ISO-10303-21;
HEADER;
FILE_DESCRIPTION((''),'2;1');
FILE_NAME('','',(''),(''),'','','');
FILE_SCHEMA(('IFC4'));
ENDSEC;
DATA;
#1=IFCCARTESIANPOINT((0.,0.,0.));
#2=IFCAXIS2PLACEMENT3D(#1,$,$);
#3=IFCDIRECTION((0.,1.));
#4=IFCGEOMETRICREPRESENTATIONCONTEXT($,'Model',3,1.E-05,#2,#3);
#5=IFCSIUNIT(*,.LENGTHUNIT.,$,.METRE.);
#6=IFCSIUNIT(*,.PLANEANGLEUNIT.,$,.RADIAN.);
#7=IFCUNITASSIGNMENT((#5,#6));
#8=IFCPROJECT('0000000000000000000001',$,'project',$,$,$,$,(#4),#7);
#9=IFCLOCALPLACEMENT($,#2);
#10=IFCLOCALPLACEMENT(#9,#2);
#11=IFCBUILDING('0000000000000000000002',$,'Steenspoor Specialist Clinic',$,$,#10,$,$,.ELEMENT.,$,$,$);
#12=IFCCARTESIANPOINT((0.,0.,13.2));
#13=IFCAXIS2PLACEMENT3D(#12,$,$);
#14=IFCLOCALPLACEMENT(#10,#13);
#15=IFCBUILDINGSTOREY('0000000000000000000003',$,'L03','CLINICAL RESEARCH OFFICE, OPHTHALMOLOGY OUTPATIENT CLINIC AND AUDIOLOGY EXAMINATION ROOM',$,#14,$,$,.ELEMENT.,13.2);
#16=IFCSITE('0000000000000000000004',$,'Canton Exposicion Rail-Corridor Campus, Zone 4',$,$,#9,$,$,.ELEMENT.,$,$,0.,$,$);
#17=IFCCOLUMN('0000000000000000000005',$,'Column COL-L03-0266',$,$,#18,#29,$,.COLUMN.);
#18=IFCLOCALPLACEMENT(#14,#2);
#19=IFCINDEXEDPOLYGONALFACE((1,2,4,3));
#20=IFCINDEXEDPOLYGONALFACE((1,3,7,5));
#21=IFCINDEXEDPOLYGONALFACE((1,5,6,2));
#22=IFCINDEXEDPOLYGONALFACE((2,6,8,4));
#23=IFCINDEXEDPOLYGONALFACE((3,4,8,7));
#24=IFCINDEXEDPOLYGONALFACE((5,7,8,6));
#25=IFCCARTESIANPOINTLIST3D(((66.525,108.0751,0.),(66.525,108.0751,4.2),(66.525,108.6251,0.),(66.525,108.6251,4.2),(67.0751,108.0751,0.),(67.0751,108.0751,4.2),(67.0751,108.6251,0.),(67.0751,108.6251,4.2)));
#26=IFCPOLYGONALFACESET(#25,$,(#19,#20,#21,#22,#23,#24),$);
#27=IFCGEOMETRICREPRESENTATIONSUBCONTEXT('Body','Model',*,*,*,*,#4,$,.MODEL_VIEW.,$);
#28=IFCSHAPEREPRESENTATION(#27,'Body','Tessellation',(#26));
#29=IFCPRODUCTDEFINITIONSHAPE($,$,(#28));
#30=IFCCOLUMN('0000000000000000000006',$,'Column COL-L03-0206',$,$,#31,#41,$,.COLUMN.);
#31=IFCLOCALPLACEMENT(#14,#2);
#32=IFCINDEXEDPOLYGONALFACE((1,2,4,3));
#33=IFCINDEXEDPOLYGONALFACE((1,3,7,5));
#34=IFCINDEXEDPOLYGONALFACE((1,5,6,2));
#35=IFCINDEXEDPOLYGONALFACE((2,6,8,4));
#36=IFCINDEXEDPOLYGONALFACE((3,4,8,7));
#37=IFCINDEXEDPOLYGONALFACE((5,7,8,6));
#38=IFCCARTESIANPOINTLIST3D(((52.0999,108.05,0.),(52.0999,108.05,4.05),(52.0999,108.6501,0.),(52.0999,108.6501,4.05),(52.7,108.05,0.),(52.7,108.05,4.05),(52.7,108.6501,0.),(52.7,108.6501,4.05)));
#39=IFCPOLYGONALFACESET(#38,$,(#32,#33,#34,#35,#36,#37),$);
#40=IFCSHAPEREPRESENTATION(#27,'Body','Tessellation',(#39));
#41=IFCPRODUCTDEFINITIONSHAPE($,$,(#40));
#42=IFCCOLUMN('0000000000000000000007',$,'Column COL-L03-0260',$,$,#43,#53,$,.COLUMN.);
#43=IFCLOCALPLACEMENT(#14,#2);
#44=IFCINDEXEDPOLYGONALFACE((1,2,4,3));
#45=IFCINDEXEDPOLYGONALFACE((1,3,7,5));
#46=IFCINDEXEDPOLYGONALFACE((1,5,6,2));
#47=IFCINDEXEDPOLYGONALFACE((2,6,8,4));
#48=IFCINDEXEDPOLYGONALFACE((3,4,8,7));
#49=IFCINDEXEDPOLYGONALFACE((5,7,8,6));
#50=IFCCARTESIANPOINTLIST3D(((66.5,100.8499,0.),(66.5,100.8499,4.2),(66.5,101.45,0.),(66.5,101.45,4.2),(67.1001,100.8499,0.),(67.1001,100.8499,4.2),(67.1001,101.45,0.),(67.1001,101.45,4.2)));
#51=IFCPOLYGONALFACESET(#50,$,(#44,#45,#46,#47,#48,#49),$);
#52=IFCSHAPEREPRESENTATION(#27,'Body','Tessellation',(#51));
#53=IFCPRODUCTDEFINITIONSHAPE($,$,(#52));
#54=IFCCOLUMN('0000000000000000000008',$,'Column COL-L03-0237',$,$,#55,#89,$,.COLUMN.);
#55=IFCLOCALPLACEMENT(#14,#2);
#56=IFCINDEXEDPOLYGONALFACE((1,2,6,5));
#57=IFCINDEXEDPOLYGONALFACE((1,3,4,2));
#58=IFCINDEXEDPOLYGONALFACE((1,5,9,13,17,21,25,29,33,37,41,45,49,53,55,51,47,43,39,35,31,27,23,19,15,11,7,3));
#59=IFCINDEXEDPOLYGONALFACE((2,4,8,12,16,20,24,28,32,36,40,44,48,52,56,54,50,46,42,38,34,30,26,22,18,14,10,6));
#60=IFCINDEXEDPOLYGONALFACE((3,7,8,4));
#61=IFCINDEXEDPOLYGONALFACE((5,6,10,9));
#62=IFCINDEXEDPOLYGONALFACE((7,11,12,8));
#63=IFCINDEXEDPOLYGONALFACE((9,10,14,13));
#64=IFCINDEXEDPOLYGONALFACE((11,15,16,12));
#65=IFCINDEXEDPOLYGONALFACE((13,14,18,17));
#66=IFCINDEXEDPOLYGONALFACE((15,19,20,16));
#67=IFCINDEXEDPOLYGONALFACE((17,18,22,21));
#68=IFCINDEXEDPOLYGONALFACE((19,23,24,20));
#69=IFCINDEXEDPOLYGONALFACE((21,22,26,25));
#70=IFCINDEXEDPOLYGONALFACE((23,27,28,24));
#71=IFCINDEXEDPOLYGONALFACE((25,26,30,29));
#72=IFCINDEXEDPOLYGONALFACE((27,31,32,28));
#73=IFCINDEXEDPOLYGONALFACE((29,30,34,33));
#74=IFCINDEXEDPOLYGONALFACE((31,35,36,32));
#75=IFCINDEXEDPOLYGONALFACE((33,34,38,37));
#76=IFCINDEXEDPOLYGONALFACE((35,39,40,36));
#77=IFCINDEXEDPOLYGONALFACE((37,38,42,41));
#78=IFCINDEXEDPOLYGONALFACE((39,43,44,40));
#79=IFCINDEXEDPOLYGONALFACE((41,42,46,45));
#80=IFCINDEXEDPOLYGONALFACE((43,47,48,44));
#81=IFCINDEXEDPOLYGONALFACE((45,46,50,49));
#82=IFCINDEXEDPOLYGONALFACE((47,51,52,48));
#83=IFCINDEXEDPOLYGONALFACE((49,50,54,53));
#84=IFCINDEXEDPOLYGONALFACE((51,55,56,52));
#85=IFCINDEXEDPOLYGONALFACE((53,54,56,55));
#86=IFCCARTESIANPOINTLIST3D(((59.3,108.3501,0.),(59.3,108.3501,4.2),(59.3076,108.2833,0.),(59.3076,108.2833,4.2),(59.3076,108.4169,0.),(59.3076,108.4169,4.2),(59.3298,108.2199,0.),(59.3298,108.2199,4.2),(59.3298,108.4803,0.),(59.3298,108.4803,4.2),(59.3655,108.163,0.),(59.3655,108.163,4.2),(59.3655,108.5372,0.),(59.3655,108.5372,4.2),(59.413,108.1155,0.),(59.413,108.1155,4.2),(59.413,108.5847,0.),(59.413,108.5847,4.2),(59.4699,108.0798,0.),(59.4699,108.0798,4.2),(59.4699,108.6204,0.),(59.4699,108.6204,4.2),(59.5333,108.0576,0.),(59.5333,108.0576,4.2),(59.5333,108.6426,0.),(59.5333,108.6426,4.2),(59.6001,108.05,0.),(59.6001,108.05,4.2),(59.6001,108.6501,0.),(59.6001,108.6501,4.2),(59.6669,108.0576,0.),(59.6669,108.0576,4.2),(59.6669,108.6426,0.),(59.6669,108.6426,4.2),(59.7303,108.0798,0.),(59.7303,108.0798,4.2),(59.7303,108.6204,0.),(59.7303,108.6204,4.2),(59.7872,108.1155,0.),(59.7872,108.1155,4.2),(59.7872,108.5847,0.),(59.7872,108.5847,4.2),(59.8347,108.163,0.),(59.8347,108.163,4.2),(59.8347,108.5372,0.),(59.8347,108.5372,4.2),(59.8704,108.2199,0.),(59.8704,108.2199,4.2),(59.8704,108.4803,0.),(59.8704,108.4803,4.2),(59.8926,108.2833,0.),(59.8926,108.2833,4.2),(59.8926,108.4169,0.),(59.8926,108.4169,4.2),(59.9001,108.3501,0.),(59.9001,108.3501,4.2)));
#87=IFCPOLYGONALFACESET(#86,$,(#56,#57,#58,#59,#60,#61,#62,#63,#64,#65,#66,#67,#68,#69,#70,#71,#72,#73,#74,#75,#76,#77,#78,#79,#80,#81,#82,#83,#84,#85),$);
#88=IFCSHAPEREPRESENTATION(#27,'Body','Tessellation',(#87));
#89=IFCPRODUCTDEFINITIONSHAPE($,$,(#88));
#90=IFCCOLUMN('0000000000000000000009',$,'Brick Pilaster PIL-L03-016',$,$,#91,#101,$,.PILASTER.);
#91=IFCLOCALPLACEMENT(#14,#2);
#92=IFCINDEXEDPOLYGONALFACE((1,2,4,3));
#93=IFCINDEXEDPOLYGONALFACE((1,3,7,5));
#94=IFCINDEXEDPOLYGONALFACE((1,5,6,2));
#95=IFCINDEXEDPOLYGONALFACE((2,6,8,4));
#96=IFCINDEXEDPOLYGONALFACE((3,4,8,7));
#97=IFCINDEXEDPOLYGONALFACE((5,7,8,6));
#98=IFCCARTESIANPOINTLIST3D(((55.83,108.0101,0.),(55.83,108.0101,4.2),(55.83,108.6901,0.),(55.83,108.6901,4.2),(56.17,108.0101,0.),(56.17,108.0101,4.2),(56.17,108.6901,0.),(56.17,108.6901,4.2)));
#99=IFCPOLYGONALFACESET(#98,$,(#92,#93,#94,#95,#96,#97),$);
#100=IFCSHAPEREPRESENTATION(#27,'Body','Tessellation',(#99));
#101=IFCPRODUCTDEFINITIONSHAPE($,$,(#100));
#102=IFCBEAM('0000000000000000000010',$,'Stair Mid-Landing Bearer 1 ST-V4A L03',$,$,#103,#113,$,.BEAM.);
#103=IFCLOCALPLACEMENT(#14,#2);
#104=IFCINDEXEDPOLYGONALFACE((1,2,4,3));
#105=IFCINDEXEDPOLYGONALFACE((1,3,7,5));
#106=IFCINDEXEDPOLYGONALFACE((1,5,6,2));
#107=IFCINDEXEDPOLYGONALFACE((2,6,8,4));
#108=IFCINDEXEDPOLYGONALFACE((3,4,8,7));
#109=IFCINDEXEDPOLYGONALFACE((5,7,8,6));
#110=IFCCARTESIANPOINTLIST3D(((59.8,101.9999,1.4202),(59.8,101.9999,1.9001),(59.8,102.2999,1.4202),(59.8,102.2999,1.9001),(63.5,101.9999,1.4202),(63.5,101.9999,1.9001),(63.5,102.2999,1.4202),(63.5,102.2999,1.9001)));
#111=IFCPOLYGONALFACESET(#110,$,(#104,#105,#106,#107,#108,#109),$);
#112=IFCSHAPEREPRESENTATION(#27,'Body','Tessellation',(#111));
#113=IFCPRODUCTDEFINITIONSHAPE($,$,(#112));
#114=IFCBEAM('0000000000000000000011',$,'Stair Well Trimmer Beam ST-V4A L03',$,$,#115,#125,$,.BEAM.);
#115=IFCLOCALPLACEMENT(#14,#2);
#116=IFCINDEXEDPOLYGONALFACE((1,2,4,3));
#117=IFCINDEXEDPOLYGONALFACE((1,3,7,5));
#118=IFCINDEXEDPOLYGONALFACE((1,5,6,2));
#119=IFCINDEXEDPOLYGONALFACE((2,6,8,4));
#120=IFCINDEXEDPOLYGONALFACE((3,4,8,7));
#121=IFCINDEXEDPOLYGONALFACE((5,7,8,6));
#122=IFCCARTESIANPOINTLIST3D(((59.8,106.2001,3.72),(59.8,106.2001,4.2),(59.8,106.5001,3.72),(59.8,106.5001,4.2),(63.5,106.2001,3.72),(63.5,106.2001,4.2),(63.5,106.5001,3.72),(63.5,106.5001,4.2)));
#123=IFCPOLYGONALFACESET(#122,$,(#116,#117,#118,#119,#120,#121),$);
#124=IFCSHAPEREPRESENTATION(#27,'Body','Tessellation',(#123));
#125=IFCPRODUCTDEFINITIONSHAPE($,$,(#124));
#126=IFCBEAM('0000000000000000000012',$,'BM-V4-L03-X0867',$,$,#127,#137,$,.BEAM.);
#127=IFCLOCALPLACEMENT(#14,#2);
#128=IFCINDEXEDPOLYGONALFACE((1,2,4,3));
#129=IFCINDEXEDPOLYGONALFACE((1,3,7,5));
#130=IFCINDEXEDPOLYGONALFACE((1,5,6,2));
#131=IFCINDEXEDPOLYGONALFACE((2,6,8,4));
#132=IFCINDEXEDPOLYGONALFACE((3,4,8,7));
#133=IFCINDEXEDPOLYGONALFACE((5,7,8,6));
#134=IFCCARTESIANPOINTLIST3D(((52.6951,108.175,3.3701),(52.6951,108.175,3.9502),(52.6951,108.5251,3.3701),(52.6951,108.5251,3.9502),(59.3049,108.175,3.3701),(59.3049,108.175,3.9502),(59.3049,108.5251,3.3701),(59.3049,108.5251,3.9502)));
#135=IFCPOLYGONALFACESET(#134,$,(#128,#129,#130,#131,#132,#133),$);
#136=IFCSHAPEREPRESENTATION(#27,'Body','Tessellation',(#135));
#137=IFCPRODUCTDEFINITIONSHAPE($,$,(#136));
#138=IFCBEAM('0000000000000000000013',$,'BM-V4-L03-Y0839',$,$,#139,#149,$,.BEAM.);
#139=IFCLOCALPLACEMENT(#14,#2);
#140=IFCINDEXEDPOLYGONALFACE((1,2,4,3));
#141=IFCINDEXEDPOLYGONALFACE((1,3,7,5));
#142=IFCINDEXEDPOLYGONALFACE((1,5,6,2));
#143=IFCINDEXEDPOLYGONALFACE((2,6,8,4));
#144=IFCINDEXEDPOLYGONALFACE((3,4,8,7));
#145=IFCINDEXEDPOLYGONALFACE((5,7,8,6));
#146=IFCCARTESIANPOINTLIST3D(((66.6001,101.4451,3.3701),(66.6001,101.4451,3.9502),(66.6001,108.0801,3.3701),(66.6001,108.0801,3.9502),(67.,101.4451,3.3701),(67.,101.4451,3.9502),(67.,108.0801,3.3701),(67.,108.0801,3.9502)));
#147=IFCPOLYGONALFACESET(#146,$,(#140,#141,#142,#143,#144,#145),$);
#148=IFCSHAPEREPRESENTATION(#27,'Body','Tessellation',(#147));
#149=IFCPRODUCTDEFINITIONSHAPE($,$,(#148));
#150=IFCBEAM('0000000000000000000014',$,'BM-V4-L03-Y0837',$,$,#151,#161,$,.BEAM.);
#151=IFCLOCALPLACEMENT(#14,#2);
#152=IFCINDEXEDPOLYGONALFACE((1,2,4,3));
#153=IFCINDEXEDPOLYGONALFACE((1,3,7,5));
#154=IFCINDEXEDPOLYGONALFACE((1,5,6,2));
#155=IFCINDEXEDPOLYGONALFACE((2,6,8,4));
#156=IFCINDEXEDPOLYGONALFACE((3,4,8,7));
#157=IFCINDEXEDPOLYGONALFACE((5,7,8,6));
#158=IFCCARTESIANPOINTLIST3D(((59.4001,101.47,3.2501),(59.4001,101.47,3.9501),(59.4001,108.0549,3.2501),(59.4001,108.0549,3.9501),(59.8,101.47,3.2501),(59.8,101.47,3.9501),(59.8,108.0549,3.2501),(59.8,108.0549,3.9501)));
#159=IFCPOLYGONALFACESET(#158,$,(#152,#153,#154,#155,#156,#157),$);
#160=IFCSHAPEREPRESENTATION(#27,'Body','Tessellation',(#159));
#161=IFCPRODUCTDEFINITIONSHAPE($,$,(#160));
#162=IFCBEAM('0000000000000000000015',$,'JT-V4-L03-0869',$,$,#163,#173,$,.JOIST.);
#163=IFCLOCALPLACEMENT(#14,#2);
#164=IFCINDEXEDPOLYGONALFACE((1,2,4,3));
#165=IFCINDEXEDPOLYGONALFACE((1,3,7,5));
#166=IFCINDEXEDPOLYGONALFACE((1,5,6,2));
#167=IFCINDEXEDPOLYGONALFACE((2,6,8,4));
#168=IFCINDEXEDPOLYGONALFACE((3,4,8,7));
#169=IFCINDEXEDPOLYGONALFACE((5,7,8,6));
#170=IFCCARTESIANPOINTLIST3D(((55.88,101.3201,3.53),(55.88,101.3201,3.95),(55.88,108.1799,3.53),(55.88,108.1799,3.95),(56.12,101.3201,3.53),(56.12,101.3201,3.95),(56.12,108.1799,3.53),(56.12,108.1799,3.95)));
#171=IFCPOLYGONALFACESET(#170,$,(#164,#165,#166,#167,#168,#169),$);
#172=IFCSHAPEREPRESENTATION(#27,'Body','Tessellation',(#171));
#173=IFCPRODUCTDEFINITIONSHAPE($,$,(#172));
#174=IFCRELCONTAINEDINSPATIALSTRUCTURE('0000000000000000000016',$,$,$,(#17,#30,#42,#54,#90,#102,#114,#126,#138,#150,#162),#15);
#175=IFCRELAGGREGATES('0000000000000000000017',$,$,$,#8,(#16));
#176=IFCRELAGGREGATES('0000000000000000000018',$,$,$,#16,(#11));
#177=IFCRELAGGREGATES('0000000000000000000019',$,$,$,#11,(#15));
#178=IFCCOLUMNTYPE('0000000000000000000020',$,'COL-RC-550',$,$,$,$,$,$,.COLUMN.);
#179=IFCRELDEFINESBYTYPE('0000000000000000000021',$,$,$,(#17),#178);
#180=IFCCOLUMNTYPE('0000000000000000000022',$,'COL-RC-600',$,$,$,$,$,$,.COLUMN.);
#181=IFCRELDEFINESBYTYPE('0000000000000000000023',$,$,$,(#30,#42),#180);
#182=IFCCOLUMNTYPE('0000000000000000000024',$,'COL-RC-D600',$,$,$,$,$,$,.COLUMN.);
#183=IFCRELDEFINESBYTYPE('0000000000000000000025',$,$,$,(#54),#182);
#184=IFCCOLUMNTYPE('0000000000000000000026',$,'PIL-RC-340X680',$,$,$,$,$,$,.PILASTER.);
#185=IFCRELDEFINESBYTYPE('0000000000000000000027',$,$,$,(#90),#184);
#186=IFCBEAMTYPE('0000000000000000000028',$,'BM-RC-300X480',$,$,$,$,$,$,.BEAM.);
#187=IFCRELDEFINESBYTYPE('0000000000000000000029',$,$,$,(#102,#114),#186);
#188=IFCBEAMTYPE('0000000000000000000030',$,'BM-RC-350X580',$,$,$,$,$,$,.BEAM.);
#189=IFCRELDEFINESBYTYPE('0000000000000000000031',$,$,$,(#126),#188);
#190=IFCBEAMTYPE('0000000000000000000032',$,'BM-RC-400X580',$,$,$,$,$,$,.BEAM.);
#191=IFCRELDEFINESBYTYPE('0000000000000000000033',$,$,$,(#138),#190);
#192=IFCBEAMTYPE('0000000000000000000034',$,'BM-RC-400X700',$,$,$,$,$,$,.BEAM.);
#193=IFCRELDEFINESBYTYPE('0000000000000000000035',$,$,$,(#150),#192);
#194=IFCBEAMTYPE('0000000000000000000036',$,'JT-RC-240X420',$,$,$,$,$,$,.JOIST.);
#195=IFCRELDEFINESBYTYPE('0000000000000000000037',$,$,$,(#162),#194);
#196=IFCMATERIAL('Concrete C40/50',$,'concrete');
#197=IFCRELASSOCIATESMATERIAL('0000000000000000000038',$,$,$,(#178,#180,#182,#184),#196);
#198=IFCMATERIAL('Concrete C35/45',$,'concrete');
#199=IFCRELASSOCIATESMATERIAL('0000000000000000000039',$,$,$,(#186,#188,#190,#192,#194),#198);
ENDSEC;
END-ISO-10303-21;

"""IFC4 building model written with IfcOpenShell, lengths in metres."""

from ifc_helpers import new_model, si_unit, direction, frame, origin, origin_2d, place, context, subcontext, project, spatial, rectangle, circle, extrude, material, material_profile, profile_set, type_object, element, save


model = new_model("IFC4")

# Units and contexts
model_context = context("Model", 3, precision=1e-05, world=origin(), true_north=direction((0.0, 1.0)))
body_context = subcontext(model_context, "Body", "Model", "MODEL_VIEW")
ifc_project = project(units=[si_unit("LENGTHUNIT", "METRE"), si_unit("PLANEANGLEUNIT", "RADIAN")], contexts=[model_context])

# Site, building, storey
site_placement = place(None, origin())
site = spatial("IfcSite", under=ifc_project, at=site_placement, Name="Canton Exposicion Rail-Corridor Campus, Zone 4", CompositionType="ELEMENT", RefElevation=0.0)
building_placement = place(site_placement, origin())
building = spatial("IfcBuilding", under=site, at=building_placement, Name="Steenspoor Specialist Clinic", CompositionType="ELEMENT")
storey_placement = place(building_placement, frame((0.0, 0.0, 13.2)))
storey = spatial("IfcBuildingStorey", under=building, at=storey_placement, Name="L03", Description="CLINICAL RESEARCH OFFICE, OPHTHALMOLOGY OUTPATIENT CLINIC AND AUDIOLOGY EXAMINATION ROOM", CompositionType="ELEMENT", Elevation=13.2)

# Columns
ifc_material_1 = material(Name="Concrete C40/50", Category="concrete")
ifc_material_profile_1 = material_profile(ifc_material_1, rectangle(XDim=0.55, YDim=0.55, at=origin_2d()), Name="RC-COL-550X550")
ifc_profile_set_1 = profile_set([ifc_material_profile_1], Name="Concrete C40/50")
column_type_1 = type_object("IfcColumnType", Name="COL-RC-550", PredefinedType="COLUMN", material=ifc_profile_set_1)
column_1_placement = place(storey_placement, frame((66.8, 108.3501, 0.0), z_axis=(0.0, 0.0, 1.0), x_axis=(1.0, 0.0, 0.0)))
element("IfcColumn", 1, at=column_1_placement, inside=storey, type_object=column_type_1, Name="Column COL-L03-0266", PredefinedType="COLUMN", context=body_context, shape_type="SweptSolid", body=[
    extrude(rectangle(XDim=0.55, YDim=0.55, at=origin_2d()), origin(), (0.0, 0.0, 1.0), 4.2),
])
ifc_material_profile_2 = material_profile(ifc_material_1, rectangle(XDim=0.6001, YDim=0.6001, at=origin_2d()), Name="RC-COL-600X600")
ifc_profile_set_2 = profile_set([ifc_material_profile_2], Name="Concrete C40/50")
column_type_2 = type_object("IfcColumnType", Name="COL-RC-600", PredefinedType="COLUMN", material=ifc_profile_set_2)
column_2_placement = place(storey_placement, frame((52.3999, 108.3501, 0.0), z_axis=(0.0, 0.0, 1.0), x_axis=(1.0, 0.0, 0.0)))
element("IfcColumn", 2, at=column_2_placement, inside=storey, type_object=column_type_2, Name="Column COL-L03-0206", PredefinedType="COLUMN", context=body_context, shape_type="SweptSolid", body=[
    extrude(rectangle(XDim=0.6001, YDim=0.6001, at=origin_2d()), origin(), (0.0, 0.0, 1.0), 4.05),
])
column_3_placement = place(storey_placement, frame((66.8, 101.1499, 0.0), z_axis=(0.0, 0.0, 1.0), x_axis=(1.0, 0.0, 0.0)))
element("IfcColumn", 3, at=column_3_placement, inside=storey, type_object=column_type_2, Name="Column COL-L03-0260", PredefinedType="COLUMN", context=body_context, shape_type="SweptSolid", body=[
    extrude(rectangle(XDim=0.6001, YDim=0.6001, at=origin_2d()), origin(), (0.0, 0.0, 1.0), 4.2),
])
ifc_material_profile_3 = material_profile(ifc_material_1, circle(Radius=0.3, at=origin_2d()), Name="RC-COL-D600")
ifc_profile_set_3 = profile_set([ifc_material_profile_3], Name="Concrete C40/50")
column_type_3 = type_object("IfcColumnType", Name="COL-RC-D600", PredefinedType="COLUMN", material=ifc_profile_set_3)
column_4_placement = place(storey_placement, frame((59.6001, 108.3501, 0.0), z_axis=(0.0, 0.0, 1.0), x_axis=(1.0, 0.0, 0.0)))
element("IfcColumn", 4, at=column_4_placement, inside=storey, type_object=column_type_3, Name="Column COL-L03-0237", PredefinedType="COLUMN", context=body_context, shape_type="SweptSolid", body=[
    extrude(circle(Radius=0.3, at=origin_2d()), origin(), (0.0, 0.0, 1.0), 4.2),
])
ifc_material_profile_4 = material_profile(ifc_material_1, rectangle(XDim=0.3401, YDim=0.6799, at=origin_2d()), Name="RC-PIL-340X680")
ifc_profile_set_4 = profile_set([ifc_material_profile_4], Name="Concrete C40/50")
column_type_4 = type_object("IfcColumnType", Name="PIL-RC-340X680", PredefinedType="PILASTER", material=ifc_profile_set_4)
column_5_placement = place(storey_placement, frame((56.0, 108.3501, 0.0), z_axis=(0.0, 0.0, 1.0), x_axis=(1.0, 0.0, 0.0)))
element("IfcColumn", 5, at=column_5_placement, inside=storey, type_object=column_type_4, Name="Brick Pilaster PIL-L03-016", PredefinedType="PILASTER", context=body_context, shape_type="SweptSolid", body=[
    extrude(rectangle(XDim=0.3401, YDim=0.6799, at=origin_2d()), origin(), (0.0, 0.0, 1.0), 4.2),
])

# Beams
ifc_material_2 = material(Name="Concrete C35/45", Category="concrete")
ifc_material_profile_5 = material_profile(ifc_material_2, rectangle(XDim=0.3, YDim=0.48, at=origin_2d()), Name="RC-BM-300X480")
ifc_profile_set_5 = profile_set([ifc_material_profile_5], Name="Concrete C35/45")
beam_type_1 = type_object("IfcBeamType", Name="BM-RC-300X480", PredefinedType="BEAM", material=ifc_profile_set_5)
for number, where, z_axis, x_axis, name in (
    (6, (59.8, 102.1499, 1.6602), (1.0, 0.0, 0.0), (0.0, 1.0, 0.0), "Stair Mid-Landing Bearer 1 ST-V4A L03"),
    (7, (59.8, 106.3501, 3.96), (1.0, 0.0, 0.0), (0.0, 1.0, 0.0), "Stair Well Trimmer Beam ST-V4A L03"),
):
    element("IfcBeam", number, at=place(storey_placement, frame(where, z_axis=z_axis, x_axis=x_axis)), inside=storey, type_object=beam_type_1, Name=name, PredefinedType="BEAM", context=body_context, shape_type="SweptSolid", body=[
        extrude(rectangle(XDim=0.3, YDim=0.48, at=origin_2d()), origin(), (0.0, 0.0, 1.0), 3.7),
    ])
ifc_material_profile_6 = material_profile(ifc_material_2, rectangle(XDim=0.3501, YDim=0.5801, at=origin_2d()), Name="RC-BM-350X580")
ifc_profile_set_6 = profile_set([ifc_material_profile_6], Name="Concrete C35/45")
beam_type_2 = type_object("IfcBeamType", Name="BM-RC-350X580", PredefinedType="BEAM", material=ifc_profile_set_6)
beam_1_placement = place(storey_placement, frame((52.6951, 108.3501, 3.6602), z_axis=(1.0, 0.0, 0.0), x_axis=(0.0, 1.0, 0.0)))
element("IfcBeam", 8, at=beam_1_placement, inside=storey, type_object=beam_type_2, Name="BM-V4-L03-X0867", PredefinedType="BEAM", context=body_context, shape_type="SweptSolid", body=[
    extrude(rectangle(XDim=0.3501, YDim=0.5801, at=origin_2d()), origin(), (0.0, 0.0, 1.0), 6.6099),
])
ifc_material_profile_7 = material_profile(ifc_material_2, rectangle(XDim=0.3999, YDim=0.5801, at=origin_2d()), Name="RC-BM-400X580")
ifc_profile_set_7 = profile_set([ifc_material_profile_7], Name="Concrete C35/45")
beam_type_3 = type_object("IfcBeamType", Name="BM-RC-400X580", PredefinedType="BEAM", material=ifc_profile_set_7)
beam_2_placement = place(storey_placement, frame((66.8, 101.4451, 3.6602), z_axis=(0.0, 1.0, 0.0), x_axis=(-1.0, 0.0, 0.0)))
element("IfcBeam", 9, at=beam_2_placement, inside=storey, type_object=beam_type_3, Name="BM-V4-L03-Y0839", PredefinedType="BEAM", context=body_context, shape_type="SweptSolid", body=[
    extrude(rectangle(XDim=0.3999, YDim=0.5801, at=origin_2d()), origin(), (0.0, 0.0, 1.0), 6.635),
])
ifc_material_profile_8 = material_profile(ifc_material_2, rectangle(XDim=0.3999, YDim=0.7, at=origin_2d()), Name="RC-BM-400X700")
ifc_profile_set_8 = profile_set([ifc_material_profile_8], Name="Concrete C35/45")
beam_type_4 = type_object("IfcBeamType", Name="BM-RC-400X700", PredefinedType="BEAM", material=ifc_profile_set_8)
beam_3_placement = place(storey_placement, frame((59.6001, 101.47, 3.6001), z_axis=(0.0, 1.0, 0.0), x_axis=(-1.0, 0.0, 0.0)))
element("IfcBeam", 10, at=beam_3_placement, inside=storey, type_object=beam_type_4, Name="BM-V4-L03-Y0837", PredefinedType="BEAM", context=body_context, shape_type="SweptSolid", body=[
    extrude(rectangle(XDim=0.3999, YDim=0.7, at=origin_2d()), origin(), (0.0, 0.0, 1.0), 6.585),
])
ifc_material_profile_9 = material_profile(ifc_material_2, rectangle(XDim=0.24, YDim=0.4199, at=origin_2d()), Name="RC-JT-240X420")
ifc_profile_set_9 = profile_set([ifc_material_profile_9], Name="Concrete C35/45")
beam_type_5 = type_object("IfcBeamType", Name="JT-RC-240X420", PredefinedType="JOIST", material=ifc_profile_set_9)
beam_4_placement = place(storey_placement, frame((56.0, 101.3201, 3.74), z_axis=(0.0, 1.0, 0.0), x_axis=(-1.0, 0.0, 0.0)))
element("IfcBeam", 11, at=beam_4_placement, inside=storey, type_object=beam_type_5, Name="JT-V4-L03-0869", PredefinedType="JOIST", context=body_context, shape_type="SweptSolid", body=[
    extrude(rectangle(XDim=0.24, YDim=0.4199, at=origin_2d()), origin(), (0.0, 0.0, 1.0), 6.8599),
])

save(model, "model.ifc")
